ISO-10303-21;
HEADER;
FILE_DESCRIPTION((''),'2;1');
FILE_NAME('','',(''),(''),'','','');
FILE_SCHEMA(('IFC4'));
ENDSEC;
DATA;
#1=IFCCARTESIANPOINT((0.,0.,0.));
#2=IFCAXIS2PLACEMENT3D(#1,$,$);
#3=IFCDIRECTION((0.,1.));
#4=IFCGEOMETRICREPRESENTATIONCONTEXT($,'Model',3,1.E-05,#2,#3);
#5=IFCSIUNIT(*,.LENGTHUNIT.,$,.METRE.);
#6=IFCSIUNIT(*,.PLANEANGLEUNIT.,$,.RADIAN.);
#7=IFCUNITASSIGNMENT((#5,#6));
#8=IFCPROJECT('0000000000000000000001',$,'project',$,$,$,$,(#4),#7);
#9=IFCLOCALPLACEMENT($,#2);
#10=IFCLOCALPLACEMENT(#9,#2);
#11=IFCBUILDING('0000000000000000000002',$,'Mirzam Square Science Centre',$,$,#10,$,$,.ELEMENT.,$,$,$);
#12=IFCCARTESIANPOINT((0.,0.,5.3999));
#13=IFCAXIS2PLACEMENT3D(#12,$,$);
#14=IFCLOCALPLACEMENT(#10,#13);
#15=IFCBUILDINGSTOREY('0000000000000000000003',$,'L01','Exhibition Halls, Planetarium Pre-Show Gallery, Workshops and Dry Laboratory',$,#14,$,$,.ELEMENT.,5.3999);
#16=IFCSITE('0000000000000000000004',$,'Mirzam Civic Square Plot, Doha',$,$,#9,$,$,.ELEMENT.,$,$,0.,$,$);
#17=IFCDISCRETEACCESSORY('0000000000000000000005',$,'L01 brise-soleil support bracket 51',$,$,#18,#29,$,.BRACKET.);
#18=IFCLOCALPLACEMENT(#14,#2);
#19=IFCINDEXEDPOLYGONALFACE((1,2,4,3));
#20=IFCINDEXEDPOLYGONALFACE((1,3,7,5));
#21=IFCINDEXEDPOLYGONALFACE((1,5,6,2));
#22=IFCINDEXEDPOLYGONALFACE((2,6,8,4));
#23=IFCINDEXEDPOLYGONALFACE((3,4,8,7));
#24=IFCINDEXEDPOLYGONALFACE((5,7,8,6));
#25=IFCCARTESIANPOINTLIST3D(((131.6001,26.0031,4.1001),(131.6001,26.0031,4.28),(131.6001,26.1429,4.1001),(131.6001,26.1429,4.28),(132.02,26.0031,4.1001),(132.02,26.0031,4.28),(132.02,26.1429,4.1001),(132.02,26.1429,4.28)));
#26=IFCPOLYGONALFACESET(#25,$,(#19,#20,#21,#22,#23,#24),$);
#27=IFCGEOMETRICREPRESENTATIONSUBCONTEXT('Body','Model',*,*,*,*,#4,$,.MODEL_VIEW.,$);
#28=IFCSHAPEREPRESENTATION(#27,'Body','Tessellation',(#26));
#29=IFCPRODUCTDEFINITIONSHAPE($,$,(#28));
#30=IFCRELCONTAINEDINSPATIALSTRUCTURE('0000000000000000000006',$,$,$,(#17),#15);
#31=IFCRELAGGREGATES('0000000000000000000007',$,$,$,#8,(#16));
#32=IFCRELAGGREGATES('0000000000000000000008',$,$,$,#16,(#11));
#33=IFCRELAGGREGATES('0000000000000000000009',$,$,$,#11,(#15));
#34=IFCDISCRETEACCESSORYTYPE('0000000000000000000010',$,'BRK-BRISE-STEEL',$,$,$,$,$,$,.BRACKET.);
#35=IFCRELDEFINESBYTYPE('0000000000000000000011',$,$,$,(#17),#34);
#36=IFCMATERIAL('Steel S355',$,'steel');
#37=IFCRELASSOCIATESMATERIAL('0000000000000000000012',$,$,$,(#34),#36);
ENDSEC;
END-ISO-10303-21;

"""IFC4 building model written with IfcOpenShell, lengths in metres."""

from ifc_helpers import new_model, si_unit, direction, frame, origin, origin_2d, place, context, subcontext, project, spatial, rectangle, extrude, material, type_object, element, save


model = new_model("IFC4")

# Units and contexts
model_context = context("Model", 3, precision=1e-05, world=origin(), true_north=direction((0.0, 1.0)))
body_context = subcontext(model_context, "Body", "Model", "MODEL_VIEW")
ifc_project = project(units=[si_unit("LENGTHUNIT", "METRE"), si_unit("PLANEANGLEUNIT", "RADIAN")], contexts=[model_context])

# Site, building, storey
site_placement = place(None, origin())
site = spatial("IfcSite", under=ifc_project, at=site_placement, Name="Mirzam Civic Square Plot, Doha", CompositionType="ELEMENT", RefElevation=0.0)
building_placement = place(site_placement, origin())
building = spatial("IfcBuilding", under=site, at=building_placement, Name="Mirzam Square Science Centre", CompositionType="ELEMENT")
storey_placement = place(building_placement, frame((0.0, 0.0, 5.3999)))
storey = spatial("IfcBuildingStorey", under=building, at=storey_placement, Name="L01", Description="Exhibition Halls, Planetarium Pre-Show Gallery, Workshops and Dry Laboratory", CompositionType="ELEMENT", Elevation=5.3999)

# Shared definitions
ifc_material_1 = material(Name="Steel S355", Category="steel")

# Discrete accessory
discrete_accessory_type_1 = type_object("IfcDiscreteAccessoryType", Name="BRK-BRISE-STEEL", PredefinedType="BRACKET", material=ifc_material_1)
discrete_accessory_placement = place(storey_placement, frame((131.8101, 26.073, 4.1001), z_axis=(0.0, 0.0, 1.0), x_axis=(0.0, -1.0, 0.0)))
element("IfcDiscreteAccessory", 1, at=discrete_accessory_placement, inside=storey, type_object=discrete_accessory_type_1, Name="L01 brise-soleil support bracket 51", PredefinedType="BRACKET", context=body_context, shape_type="SweptSolid", body=[
    extrude(rectangle(XDim=0.1399, YDim=0.4199, at=origin_2d()), origin(), (0.0, 0.0, 1.0), 0.1799),
])

save(model, "model.ifc")
